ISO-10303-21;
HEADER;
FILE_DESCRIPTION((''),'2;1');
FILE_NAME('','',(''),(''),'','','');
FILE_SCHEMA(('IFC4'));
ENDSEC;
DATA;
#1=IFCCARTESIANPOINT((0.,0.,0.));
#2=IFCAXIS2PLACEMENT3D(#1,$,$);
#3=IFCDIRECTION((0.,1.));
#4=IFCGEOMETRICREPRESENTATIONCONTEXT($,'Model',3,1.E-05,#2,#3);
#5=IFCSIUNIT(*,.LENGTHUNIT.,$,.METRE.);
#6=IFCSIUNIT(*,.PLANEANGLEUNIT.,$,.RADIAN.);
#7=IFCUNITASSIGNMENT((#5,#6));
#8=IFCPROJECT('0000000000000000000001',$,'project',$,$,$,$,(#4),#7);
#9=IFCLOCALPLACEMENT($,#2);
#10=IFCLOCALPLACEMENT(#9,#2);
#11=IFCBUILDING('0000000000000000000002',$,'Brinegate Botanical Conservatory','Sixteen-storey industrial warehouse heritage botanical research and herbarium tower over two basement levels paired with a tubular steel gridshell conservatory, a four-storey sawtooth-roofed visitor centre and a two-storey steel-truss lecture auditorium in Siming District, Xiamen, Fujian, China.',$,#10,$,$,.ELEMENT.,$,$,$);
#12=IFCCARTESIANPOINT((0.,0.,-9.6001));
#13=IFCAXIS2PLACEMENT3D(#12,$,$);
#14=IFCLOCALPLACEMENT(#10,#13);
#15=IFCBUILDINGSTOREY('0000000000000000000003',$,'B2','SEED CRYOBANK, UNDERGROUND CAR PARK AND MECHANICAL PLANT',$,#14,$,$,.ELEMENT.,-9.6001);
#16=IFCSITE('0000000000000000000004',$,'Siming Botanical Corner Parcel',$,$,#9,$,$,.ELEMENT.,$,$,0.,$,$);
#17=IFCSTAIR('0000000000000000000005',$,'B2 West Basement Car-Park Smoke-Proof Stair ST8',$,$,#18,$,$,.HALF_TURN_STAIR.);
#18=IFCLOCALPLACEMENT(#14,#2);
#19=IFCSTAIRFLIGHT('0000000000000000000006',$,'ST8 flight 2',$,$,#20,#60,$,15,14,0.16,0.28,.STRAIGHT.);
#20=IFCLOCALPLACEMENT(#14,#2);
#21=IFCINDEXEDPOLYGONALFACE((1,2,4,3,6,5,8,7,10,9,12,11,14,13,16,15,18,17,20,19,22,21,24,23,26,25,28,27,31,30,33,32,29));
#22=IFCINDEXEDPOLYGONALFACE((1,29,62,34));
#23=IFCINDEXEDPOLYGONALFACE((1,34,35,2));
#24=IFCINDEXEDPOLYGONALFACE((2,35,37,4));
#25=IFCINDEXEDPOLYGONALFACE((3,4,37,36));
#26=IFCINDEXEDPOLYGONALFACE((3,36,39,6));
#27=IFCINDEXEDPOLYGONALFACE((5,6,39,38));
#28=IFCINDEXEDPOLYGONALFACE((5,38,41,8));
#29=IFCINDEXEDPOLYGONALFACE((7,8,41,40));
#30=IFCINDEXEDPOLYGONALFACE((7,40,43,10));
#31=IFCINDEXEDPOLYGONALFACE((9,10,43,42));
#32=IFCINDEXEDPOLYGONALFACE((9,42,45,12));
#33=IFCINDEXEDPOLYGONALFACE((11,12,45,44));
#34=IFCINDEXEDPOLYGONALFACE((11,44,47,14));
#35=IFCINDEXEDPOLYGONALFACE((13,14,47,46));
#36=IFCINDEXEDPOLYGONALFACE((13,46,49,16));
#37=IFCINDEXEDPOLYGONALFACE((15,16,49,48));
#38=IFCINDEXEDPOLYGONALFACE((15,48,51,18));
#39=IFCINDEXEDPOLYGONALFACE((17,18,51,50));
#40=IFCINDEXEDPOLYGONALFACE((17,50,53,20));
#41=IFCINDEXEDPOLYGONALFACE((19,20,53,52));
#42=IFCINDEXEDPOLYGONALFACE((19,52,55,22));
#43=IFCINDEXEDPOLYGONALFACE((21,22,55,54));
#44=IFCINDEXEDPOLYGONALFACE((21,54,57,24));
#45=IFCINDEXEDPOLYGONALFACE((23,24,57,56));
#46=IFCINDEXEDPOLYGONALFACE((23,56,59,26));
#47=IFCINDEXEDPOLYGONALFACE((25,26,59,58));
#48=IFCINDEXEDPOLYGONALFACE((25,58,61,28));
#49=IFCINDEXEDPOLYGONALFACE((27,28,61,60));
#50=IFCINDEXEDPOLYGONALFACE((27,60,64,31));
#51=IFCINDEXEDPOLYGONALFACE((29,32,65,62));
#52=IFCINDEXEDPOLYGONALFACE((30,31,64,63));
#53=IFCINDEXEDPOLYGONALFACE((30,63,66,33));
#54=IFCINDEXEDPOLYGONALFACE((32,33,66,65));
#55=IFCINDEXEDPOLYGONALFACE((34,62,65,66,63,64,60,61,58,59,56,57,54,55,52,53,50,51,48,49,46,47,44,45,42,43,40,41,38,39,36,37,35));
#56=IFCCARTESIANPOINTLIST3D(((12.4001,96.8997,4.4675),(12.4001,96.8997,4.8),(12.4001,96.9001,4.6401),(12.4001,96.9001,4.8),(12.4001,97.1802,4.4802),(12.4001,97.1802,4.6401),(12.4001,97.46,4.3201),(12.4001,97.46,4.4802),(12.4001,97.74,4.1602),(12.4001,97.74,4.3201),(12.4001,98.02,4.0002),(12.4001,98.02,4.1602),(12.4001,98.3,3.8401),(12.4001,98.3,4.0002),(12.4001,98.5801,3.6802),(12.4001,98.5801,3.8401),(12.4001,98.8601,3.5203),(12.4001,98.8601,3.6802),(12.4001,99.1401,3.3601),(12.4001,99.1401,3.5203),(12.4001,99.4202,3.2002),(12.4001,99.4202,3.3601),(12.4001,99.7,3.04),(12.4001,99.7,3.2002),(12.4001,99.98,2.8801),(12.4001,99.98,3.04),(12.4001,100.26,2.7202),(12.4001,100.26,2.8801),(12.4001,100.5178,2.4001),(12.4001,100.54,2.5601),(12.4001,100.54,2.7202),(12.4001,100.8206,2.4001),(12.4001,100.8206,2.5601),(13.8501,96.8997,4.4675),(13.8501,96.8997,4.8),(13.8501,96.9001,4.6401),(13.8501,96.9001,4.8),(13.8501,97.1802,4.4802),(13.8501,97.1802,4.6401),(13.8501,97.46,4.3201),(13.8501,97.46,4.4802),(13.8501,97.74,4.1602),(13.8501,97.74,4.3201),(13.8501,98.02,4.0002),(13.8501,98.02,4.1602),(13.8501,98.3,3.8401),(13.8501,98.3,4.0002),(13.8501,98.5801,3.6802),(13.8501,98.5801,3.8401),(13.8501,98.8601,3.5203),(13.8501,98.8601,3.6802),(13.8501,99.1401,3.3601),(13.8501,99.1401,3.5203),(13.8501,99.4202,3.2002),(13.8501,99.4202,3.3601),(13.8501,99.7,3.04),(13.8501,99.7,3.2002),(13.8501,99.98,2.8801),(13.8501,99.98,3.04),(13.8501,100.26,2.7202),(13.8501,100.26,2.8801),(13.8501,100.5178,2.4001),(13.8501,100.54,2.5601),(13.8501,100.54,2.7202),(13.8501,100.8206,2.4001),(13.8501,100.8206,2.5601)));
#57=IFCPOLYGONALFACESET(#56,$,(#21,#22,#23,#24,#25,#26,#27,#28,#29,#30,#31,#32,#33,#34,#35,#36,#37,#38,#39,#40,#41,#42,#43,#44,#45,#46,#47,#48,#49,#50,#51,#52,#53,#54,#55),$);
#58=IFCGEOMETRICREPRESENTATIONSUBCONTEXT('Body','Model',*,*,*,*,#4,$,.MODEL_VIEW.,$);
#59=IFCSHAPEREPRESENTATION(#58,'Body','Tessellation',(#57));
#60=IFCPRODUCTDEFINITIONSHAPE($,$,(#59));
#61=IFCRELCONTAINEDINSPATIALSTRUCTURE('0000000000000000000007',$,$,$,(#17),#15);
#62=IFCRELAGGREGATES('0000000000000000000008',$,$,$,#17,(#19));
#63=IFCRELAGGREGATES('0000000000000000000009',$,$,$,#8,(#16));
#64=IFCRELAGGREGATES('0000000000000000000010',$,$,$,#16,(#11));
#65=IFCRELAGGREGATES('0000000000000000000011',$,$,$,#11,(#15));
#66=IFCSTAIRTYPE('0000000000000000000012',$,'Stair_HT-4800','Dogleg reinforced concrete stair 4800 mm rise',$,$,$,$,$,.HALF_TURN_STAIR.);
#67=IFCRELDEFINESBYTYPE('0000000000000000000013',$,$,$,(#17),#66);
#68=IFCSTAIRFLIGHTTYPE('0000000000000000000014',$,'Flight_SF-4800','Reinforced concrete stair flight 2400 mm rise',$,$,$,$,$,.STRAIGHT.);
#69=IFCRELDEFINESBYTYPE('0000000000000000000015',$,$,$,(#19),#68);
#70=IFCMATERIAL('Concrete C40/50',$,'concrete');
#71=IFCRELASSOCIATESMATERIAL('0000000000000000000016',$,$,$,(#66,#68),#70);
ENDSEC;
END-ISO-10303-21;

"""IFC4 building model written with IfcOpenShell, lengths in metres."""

from ifc_helpers import new_model, si_unit, direction, frame, origin, place, context, subcontext, project, spatial, polyline, outline, extrude, material, type_object, element, aggregate, save


model = new_model("IFC4")

# Units and contexts
model_context = context("Model", 3, precision=1e-05, world=origin(), true_north=direction((0.0, 1.0)))
body_context = subcontext(model_context, "Body", "Model", "MODEL_VIEW")
ifc_project = project(units=[si_unit("LENGTHUNIT", "METRE"), si_unit("PLANEANGLEUNIT", "RADIAN")], contexts=[model_context])

# Site, building, storey
site_placement = place(None, origin())
site = spatial("IfcSite", under=ifc_project, at=site_placement, Name="Siming Botanical Corner Parcel", CompositionType="ELEMENT", RefElevation=0.0)
building_placement = place(site_placement, origin())
building = spatial("IfcBuilding", under=site, at=building_placement, Name="Brinegate Botanical Conservatory", Description="Sixteen-storey industrial warehouse heritage botanical research and herbarium tower over two basement levels paired with a tubular steel gridshell conservatory, a four-storey sawtooth-roofed visitor centre and a two-storey steel-truss lecture auditorium in Siming District, Xiamen, Fujian, China.", CompositionType="ELEMENT")
storey_placement = place(building_placement, frame((0.0, 0.0, -9.6001)))
storey = spatial("IfcBuildingStorey", under=building, at=storey_placement, Name="B2", Description="SEED CRYOBANK, UNDERGROUND CAR PARK AND MECHANICAL PLANT", CompositionType="ELEMENT", Elevation=-9.6001)

# Shared definitions
ifc_material_1 = material(Name="Concrete C40/50", Category="concrete")

# Stair, stair flight
stair_type = type_object("IfcStairType", Name="Stair_HT-4800", Description="Dogleg reinforced concrete stair 4800 mm rise", PredefinedType="HALF_TURN_STAIR", material=ifc_material_1)
stair_placement = place(storey_placement, origin())
stair = element("IfcStair", 1, at=stair_placement, inside=storey, type_object=stair_type, Name="B2 West Basement Car-Park Smoke-Proof Stair ST8", PredefinedType="HALF_TURN_STAIR")
stair_flight_type = type_object("IfcStairFlightType", Name="Flight_SF-4800", Description="Reinforced concrete stair flight 2400 mm rise", PredefinedType="STRAIGHT", material=ifc_material_1)
stair_flight_1_placement = place(storey_placement, frame((13.125, 100.8201, 2.4001), z_axis=(0.0, 0.0, 1.0), x_axis=(0.0, -1.0, 0.0)))
stair_flight_1 = element("IfcStairFlight", 2, at=stair_flight_1_placement, type_object=stair_flight_type, Name="ST8 flight 2", NumberOfRisers=15, NumberOfTreads=14, PredefinedType="STRAIGHT", RiserHeight=0.16, TreadLength=0.28, context=body_context, shape_type="SweptSolid", body=[
    extrude(outline(polyline([(-0.0005, 0.0), (-0.0005, 0.1599), (0.28, 0.1599), (0.28, 0.3201), (0.5601, 0.3201), (0.5601, 0.48), (0.8401, 0.48), (0.8401, 0.6399), (1.1201, 0.6399), (1.1201, 0.8), (1.3999, 0.8), (1.3999, 0.96), (1.6799, 0.96), (1.6799, 1.1201), (1.96, 1.1201), (1.96, 1.28), (2.24, 1.28), (2.24, 1.4399), (2.52, 1.4399), (2.52, 1.6001), (2.8, 1.6001), (2.8, 1.76), (3.0801, 1.76), (3.0801, 1.9199), (3.3601, 1.9199), (3.3601, 2.0801), (3.6399, 2.0801), (3.6399, 2.24), (3.9199, 2.24), (3.9199, 2.3999), (3.9204, 2.3999), (3.9204, 2.0674), (0.3022, 0.0), (-0.0005, 0.0)])), frame((0.0, 0.7251, 0.0), z_axis=(0.0, -1.0, 0.0), x_axis=(1.0, 0.0, 0.0)), (0.0, 0.0, 1.0), 1.45),
])
aggregate(stair, [stair_flight_1])

save(model, "model.ifc")
